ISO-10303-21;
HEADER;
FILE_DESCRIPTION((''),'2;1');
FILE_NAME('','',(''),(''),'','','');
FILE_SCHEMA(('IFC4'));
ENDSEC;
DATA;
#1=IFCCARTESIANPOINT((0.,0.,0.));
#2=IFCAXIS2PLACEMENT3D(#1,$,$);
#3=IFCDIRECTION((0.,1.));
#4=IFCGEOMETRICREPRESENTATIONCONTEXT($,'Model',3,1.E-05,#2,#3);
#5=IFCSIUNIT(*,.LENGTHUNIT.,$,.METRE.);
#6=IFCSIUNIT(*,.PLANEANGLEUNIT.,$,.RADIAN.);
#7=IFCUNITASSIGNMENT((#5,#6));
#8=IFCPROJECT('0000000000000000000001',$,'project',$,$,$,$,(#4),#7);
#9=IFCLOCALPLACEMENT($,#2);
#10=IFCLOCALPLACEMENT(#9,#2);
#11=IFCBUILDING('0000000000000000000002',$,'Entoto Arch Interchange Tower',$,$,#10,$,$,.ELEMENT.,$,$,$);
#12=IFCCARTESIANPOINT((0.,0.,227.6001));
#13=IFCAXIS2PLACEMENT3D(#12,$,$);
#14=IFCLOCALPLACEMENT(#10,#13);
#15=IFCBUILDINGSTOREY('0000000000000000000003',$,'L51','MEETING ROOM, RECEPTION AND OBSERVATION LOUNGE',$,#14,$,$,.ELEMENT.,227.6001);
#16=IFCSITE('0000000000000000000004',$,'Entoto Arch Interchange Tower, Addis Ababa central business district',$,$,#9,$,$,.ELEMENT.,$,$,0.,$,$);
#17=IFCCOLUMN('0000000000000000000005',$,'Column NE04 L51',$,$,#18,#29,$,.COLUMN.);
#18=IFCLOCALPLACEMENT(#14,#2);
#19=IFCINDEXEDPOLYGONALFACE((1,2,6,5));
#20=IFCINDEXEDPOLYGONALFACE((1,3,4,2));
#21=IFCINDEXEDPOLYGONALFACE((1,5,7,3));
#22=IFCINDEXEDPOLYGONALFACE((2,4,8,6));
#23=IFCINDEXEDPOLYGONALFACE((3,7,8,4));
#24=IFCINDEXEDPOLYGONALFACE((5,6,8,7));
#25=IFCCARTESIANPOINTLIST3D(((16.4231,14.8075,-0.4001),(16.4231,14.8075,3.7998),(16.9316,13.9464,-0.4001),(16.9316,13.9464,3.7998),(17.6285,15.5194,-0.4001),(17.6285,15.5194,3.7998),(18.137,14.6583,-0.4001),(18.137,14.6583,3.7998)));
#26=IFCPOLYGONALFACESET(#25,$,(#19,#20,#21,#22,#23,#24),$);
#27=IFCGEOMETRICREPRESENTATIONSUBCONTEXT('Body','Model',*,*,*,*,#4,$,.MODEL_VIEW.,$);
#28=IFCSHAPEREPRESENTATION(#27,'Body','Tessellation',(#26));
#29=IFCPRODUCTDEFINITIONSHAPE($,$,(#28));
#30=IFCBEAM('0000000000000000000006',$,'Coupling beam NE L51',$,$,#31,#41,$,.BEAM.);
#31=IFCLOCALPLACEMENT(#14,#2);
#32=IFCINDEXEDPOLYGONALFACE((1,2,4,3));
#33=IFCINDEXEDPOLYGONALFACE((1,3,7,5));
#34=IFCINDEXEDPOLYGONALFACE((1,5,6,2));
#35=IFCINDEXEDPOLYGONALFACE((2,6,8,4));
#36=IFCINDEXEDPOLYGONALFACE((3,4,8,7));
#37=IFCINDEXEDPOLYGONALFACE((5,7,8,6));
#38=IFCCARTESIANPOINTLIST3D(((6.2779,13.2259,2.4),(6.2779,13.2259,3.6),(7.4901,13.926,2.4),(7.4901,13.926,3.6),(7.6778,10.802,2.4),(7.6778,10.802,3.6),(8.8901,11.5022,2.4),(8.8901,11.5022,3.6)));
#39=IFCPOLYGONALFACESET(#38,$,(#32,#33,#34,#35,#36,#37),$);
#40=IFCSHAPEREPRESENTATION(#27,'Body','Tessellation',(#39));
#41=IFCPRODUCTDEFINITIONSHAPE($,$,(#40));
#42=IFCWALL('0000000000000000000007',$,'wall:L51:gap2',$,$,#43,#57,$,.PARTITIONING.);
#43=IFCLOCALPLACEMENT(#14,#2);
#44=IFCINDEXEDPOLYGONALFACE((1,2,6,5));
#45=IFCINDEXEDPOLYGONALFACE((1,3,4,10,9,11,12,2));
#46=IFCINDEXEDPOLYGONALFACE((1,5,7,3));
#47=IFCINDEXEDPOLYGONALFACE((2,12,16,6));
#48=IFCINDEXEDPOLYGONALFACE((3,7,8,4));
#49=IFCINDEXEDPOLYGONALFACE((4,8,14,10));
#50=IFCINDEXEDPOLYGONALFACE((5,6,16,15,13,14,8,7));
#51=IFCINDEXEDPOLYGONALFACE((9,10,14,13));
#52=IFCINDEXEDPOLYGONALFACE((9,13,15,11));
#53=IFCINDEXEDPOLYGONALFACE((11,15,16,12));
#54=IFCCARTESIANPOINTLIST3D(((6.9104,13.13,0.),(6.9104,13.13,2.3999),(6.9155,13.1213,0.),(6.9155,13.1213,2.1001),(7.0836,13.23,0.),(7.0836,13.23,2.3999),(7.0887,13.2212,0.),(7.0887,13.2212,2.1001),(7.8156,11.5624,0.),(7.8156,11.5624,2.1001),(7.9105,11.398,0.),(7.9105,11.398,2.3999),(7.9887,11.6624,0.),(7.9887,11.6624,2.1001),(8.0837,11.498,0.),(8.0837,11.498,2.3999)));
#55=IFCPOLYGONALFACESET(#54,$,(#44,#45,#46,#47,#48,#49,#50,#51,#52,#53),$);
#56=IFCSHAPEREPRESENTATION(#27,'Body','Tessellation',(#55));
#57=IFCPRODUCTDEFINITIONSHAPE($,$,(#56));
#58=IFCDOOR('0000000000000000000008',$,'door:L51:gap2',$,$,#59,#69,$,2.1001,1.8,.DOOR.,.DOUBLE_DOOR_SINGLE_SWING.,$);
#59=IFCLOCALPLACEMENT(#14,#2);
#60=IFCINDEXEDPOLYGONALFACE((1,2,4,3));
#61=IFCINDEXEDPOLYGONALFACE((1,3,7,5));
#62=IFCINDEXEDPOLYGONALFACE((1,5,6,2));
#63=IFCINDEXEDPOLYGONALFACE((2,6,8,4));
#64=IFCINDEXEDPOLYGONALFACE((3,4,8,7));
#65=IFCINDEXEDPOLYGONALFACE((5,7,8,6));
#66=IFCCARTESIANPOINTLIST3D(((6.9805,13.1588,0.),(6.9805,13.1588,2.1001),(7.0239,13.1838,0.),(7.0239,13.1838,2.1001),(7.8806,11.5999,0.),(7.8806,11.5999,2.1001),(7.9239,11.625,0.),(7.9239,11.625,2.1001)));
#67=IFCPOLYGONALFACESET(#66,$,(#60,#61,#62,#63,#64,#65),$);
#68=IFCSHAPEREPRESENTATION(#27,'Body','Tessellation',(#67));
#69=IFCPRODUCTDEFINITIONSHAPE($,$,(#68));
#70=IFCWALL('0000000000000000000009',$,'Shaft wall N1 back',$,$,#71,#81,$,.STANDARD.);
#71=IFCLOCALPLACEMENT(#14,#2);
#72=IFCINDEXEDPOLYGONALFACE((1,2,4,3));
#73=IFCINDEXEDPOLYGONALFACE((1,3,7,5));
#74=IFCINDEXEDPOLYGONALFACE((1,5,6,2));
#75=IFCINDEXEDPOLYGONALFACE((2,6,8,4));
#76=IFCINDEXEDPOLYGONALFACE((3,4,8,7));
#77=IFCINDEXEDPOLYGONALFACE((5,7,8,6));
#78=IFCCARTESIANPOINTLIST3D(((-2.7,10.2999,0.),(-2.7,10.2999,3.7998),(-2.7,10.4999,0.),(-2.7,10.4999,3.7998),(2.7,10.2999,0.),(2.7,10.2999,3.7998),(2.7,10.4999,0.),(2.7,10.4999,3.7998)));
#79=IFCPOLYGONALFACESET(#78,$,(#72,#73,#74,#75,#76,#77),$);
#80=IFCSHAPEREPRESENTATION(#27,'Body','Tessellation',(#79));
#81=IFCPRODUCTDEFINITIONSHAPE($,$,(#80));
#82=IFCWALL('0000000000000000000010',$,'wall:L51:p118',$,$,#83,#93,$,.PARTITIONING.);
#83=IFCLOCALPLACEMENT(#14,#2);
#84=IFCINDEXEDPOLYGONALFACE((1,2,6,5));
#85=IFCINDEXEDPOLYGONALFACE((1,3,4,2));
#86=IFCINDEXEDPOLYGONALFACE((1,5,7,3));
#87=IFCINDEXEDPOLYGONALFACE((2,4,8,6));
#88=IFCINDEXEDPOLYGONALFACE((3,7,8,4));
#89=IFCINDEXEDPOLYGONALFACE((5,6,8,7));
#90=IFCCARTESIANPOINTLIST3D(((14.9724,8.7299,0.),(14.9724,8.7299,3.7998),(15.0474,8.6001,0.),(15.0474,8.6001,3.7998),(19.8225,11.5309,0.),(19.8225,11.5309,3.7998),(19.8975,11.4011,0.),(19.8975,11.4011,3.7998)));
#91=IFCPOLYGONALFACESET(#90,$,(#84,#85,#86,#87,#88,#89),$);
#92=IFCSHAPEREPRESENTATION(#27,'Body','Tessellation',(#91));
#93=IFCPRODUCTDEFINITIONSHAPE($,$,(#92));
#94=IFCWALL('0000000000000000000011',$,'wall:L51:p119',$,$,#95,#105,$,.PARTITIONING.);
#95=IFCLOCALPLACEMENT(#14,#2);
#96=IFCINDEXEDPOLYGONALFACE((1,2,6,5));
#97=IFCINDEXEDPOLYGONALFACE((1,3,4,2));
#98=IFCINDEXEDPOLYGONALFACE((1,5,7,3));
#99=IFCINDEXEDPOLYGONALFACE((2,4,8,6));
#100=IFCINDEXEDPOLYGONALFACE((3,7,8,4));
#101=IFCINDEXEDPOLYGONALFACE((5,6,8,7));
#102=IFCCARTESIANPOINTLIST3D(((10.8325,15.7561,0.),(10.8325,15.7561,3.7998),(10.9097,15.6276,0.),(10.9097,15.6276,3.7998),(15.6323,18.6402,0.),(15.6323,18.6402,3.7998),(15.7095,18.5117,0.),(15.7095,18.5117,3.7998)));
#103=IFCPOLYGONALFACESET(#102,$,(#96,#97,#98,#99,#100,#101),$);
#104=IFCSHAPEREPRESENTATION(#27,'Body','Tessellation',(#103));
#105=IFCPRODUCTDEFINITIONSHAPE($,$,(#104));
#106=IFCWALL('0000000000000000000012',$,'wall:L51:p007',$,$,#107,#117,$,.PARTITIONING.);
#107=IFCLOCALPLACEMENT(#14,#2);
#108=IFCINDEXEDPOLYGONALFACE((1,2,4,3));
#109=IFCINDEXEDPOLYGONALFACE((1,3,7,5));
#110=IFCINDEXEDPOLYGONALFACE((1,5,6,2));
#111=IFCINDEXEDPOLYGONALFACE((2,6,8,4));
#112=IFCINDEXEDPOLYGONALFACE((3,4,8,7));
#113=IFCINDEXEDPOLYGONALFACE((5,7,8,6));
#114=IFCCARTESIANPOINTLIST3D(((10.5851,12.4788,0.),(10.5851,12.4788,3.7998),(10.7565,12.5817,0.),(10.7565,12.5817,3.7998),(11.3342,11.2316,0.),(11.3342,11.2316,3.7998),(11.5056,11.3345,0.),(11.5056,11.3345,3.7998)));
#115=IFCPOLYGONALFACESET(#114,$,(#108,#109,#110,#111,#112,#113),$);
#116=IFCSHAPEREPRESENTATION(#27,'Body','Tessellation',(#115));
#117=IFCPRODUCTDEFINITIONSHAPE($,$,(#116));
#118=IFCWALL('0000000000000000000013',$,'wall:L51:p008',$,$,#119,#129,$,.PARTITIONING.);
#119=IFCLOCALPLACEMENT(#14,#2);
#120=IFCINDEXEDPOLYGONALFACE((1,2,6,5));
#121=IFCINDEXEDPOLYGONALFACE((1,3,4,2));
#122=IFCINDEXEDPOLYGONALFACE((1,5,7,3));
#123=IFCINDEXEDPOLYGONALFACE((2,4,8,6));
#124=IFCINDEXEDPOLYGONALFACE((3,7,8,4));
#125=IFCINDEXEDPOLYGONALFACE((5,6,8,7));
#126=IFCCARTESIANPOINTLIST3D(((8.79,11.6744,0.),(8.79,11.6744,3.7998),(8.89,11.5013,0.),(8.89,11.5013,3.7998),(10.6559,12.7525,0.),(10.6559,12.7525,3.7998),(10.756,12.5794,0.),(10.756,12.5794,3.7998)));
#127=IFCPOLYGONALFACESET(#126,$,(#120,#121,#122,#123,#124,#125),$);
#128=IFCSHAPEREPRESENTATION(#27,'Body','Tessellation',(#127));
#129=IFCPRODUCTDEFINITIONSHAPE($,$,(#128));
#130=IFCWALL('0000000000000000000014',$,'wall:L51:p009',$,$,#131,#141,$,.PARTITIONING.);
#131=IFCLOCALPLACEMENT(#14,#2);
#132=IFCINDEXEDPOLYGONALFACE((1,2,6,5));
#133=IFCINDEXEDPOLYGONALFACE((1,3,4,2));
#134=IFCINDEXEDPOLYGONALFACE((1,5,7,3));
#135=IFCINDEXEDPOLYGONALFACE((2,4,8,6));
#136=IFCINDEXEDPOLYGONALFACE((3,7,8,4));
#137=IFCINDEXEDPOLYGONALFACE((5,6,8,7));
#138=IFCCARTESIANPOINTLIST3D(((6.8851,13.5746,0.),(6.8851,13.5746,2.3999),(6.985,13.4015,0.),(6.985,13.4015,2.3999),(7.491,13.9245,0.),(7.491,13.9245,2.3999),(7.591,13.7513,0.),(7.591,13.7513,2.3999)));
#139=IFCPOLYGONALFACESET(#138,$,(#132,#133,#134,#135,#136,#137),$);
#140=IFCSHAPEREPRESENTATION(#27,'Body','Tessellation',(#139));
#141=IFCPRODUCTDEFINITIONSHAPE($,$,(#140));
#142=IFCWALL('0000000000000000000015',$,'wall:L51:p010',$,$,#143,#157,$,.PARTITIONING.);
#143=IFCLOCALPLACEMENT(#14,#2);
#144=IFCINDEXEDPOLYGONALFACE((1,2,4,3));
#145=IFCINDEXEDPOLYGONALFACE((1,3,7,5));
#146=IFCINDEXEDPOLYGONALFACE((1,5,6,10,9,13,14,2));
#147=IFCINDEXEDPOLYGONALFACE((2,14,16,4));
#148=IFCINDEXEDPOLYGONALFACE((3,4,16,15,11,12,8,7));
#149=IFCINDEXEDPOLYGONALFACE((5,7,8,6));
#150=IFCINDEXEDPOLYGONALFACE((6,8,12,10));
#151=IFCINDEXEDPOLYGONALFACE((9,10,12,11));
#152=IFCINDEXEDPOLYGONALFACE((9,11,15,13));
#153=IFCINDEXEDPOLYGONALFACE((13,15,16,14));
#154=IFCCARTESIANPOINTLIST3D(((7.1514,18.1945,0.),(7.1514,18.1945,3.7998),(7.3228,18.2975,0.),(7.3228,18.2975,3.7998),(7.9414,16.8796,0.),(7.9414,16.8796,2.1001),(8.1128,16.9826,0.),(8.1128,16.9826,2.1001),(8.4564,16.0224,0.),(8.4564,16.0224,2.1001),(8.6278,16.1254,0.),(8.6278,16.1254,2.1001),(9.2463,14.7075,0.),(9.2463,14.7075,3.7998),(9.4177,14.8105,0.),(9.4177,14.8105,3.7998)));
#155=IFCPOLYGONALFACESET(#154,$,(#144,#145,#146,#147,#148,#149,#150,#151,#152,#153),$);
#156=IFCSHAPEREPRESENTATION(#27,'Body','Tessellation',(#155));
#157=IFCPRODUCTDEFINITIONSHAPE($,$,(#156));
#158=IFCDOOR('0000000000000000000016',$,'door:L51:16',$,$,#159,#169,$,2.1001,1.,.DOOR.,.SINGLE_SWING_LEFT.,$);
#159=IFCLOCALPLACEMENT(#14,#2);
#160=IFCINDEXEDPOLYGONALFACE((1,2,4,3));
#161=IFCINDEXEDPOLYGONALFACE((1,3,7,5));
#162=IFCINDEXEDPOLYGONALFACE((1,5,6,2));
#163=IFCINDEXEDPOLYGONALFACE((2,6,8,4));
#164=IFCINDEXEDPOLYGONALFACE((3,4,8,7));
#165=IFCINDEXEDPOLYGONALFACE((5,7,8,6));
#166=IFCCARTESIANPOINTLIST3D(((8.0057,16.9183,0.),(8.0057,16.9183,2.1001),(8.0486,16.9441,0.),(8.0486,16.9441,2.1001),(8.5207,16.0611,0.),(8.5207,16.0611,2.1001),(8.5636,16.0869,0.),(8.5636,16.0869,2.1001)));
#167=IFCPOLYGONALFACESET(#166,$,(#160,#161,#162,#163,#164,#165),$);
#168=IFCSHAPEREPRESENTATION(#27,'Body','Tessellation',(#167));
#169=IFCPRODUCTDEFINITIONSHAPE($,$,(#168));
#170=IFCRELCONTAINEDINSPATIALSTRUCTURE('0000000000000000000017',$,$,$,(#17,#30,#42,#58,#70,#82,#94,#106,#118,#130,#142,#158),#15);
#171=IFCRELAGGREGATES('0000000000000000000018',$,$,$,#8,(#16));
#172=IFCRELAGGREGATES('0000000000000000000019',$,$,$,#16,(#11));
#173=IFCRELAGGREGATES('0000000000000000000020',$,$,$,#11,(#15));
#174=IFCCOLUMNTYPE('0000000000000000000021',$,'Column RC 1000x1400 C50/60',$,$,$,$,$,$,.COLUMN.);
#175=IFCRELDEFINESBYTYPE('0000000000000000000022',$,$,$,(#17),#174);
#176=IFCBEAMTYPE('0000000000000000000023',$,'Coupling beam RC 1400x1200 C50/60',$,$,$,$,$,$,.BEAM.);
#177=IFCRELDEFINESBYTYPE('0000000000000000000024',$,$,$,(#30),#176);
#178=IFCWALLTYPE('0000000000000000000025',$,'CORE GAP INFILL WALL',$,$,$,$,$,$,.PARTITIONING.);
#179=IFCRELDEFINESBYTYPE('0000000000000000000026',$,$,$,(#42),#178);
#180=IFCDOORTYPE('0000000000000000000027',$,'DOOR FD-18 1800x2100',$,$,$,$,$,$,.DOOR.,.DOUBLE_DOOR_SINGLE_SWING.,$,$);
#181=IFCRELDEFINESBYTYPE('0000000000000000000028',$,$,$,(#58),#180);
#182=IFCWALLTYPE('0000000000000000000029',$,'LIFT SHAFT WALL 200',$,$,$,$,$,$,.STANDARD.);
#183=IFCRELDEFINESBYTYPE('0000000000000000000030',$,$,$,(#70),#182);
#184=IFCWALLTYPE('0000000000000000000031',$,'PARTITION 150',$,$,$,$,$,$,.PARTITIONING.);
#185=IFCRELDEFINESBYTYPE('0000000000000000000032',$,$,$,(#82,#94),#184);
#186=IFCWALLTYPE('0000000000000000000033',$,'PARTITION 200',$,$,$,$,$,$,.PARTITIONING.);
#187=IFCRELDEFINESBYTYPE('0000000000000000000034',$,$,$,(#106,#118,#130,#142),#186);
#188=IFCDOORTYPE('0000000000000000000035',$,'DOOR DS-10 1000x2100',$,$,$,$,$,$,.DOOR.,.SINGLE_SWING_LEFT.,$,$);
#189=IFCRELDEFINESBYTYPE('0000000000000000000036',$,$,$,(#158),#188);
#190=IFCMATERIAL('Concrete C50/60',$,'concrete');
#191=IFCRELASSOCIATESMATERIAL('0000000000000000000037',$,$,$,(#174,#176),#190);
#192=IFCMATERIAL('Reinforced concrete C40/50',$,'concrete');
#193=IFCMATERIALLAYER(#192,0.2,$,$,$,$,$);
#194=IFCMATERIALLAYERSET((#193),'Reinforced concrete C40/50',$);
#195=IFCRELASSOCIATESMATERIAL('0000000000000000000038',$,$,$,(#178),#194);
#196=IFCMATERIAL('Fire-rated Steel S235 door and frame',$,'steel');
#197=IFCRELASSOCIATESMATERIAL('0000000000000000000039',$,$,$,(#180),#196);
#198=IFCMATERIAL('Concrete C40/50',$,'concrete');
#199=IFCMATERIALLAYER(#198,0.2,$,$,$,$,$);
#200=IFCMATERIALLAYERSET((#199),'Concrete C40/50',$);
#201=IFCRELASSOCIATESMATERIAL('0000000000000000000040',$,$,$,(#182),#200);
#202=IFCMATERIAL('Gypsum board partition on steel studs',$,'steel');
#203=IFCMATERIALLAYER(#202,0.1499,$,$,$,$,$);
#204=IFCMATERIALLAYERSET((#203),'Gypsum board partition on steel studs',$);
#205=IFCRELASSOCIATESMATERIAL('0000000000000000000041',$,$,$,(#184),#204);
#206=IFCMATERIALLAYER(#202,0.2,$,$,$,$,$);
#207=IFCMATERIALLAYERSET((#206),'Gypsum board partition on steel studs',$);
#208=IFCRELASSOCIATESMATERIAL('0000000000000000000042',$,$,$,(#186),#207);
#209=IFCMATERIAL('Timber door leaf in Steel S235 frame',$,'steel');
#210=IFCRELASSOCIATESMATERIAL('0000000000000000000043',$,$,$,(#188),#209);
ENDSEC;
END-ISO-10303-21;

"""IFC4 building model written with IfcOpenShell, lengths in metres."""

from ifc_helpers import new_model, si_unit, direction, frame, frame_2d, origin, origin_2d, place, context, subcontext, project, spatial, rectangle, extrude, material, layer, layer_set, material_profile, profile_set, type_object, element, fill, save


model = new_model("IFC4")

# Units and contexts
model_context = context("Model", 3, precision=1e-05, world=origin(), true_north=direction((0.0, 1.0)))
body_context = subcontext(model_context, "Body", "Model", "MODEL_VIEW")
ifc_project = project(units=[si_unit("LENGTHUNIT", "METRE"), si_unit("PLANEANGLEUNIT", "RADIAN")], contexts=[model_context])

# Site, building, storey
site_placement = place(None, origin())
site = spatial("IfcSite", under=ifc_project, at=site_placement, Name="Entoto Arch Interchange Tower, Addis Ababa central business district", CompositionType="ELEMENT", RefElevation=0.0)
building_placement = place(site_placement, origin())
building = spatial("IfcBuilding", under=site, at=building_placement, Name="Entoto Arch Interchange Tower", CompositionType="ELEMENT")
storey_placement = place(building_placement, frame((0.0, 0.0, 227.6001)))
storey = spatial("IfcBuildingStorey", under=building, at=storey_placement, Name="L51", Description="MEETING ROOM, RECEPTION AND OBSERVATION LOUNGE", CompositionType="ELEMENT", Elevation=227.6001)

# Column
ifc_material_1 = material(Name="Concrete C50/60", Category="concrete")
ifc_material_profile_1 = material_profile(ifc_material_1, rectangle(XDim=1.0, YDim=1.3999, at=origin_2d()))
ifc_profile_set_1 = profile_set([ifc_material_profile_1], Name="Concrete C50/60")
column_type = type_object("IfcColumnType", Name="Column RC 1000x1400 C50/60", PredefinedType="COLUMN", material=ifc_profile_set_1)
column_placement = place(storey_placement, frame((17.28, 14.7329, -0.4001), z_axis=(0.0, 0.0, 1.0), x_axis=(-0.508516, 0.861053, 0.0)))
element("IfcColumn", 1, at=column_placement, inside=storey, type_object=column_type, Name="Column NE04 L51", PredefinedType="COLUMN", context=body_context, shape_type="SweptSolid", body=[
    extrude(rectangle(XDim=1.0, YDim=1.3999, at=origin_2d()), origin(), (0.0, 0.0, 1.0), 4.2),
])

# Beam
ifc_material_profile_2 = material_profile(ifc_material_1, rectangle(XDim=1.3999, YDim=1.2, at=origin_2d()))
ifc_profile_set_2 = profile_set([ifc_material_profile_2], Name="Concrete C50/60")
beam_type = type_object("IfcBeamType", Name="Coupling beam RC 1400x1200 C50/60", PredefinedType="BEAM", material=ifc_profile_set_2)
beam_placement = place(storey_placement, frame((8.2839, 11.1521, 3.0), z_axis=(-0.500135, 0.865947, 0.0), x_axis=(-0.865947, -0.500135, 0.0)))
element("IfcBeam", 2, at=beam_placement, inside=storey, type_object=beam_type, Name="Coupling beam NE L51", PredefinedType="BEAM", context=body_context, shape_type="SweptSolid", body=[
    extrude(rectangle(XDim=1.3999, YDim=1.2, at=origin_2d()), origin(), (0.0, 0.0, 1.0), 2.7991),
])

# Wall, opening, door
ifc_material_2 = material(Name="Reinforced concrete C40/50", Category="concrete")
ifc_layer_1 = layer(ifc_material_2, 0.2)
ifc_layer_set_1 = layer_set([ifc_layer_1], Name="Reinforced concrete C40/50")
wall_type_1 = type_object("IfcWallType", Name="CORE GAP INFILL WALL", PredefinedType="PARTITIONING", material=ifc_layer_set_1)
wall_1_placement = place(storey_placement, frame((7.9971, 11.448, 0.0), z_axis=(0.0, 0.0, 1.0), x_axis=(-0.500025, 0.866011, 0.0)))
wall_1 = element("IfcWall", 3, at=wall_1_placement, inside=storey, type_object=wall_type_1, Name="wall:L51:gap2", PredefinedType="PARTITIONING", context=body_context, shape_type="SweptSolid", body=[
    extrude(rectangle(XDim=2.0, YDim=0.2, at=frame_2d((1.0, 0.0))), origin(), (0.0, 0.0, 1.0), 2.3999),
])
opening_1_placement = place(wall_1_placement, frame((0.1899, 0.0, 0.0)))
opening_1 = element("IfcOpeningElement", 4, at=opening_1_placement, cuts=wall_1, PredefinedType="OPENING", context=body_context, shape_type="SweptSolid", body=[
    extrude(rectangle(XDim=1.8, YDim=2.1001, at=frame_2d((0.8999, 1.05))), frame((0.0, 0.1099, 0.0), z_axis=(0.0, -1.0, 0.0), x_axis=(1.0, 0.0, 0.0)), (0.0, 0.0, 1.0), 0.22),
])
ifc_material_3 = material(Name="Fire-rated Steel S235 door and frame", Category="steel")
door_type_1 = type_object("IfcDoorType", Name="DOOR FD-18 1800x2100", OperationType="DOUBLE_DOOR_SINGLE_SWING", PredefinedType="DOOR", material=ifc_material_3)
door_1_placement = place(opening_1_placement, origin())
door_1 = element("IfcDoor", 5, at=door_1_placement, inside=storey, type_object=door_type_1, Name="door:L51:gap2", OperationType="DOUBLE_DOOR_SINGLE_SWING", OverallHeight=2.1001, OverallWidth=1.8, PredefinedType="DOOR", context=body_context, shape_type="SweptSolid", body=[
    extrude(rectangle(XDim=1.8, YDim=2.1001, at=frame_2d((0.8999, 1.05))), frame((0.0, 0.0249, 0.0), z_axis=(0.0, -1.0, 0.0), x_axis=(1.0, 0.0, 0.0)), (0.0, 0.0, 1.0), 0.05),
])
fill(opening_1, door_1)

# Walls
ifc_material_4 = material(Name="Concrete C40/50", Category="concrete")
ifc_layer_2 = layer(ifc_material_4, 0.2)
ifc_layer_set_2 = layer_set([ifc_layer_2], Name="Concrete C40/50")
wall_type_2 = type_object("IfcWallType", Name="LIFT SHAFT WALL 200", PredefinedType="STANDARD", material=ifc_layer_set_2)
wall_2_placement = place(storey_placement, frame((2.7, 10.3999, 0.0), z_axis=(0.0, 0.0, 1.0), x_axis=(-1.0, 0.0, 0.0)))
element("IfcWall", 6, at=wall_2_placement, inside=storey, type_object=wall_type_2, Name="Shaft wall N1 back", PredefinedType="STANDARD", context=body_context, shape_type="SweptSolid", body=[
    extrude(rectangle(XDim=5.3999, YDim=0.2, at=frame_2d((2.7, 0.0))), origin(), (0.0, 0.0, 1.0), 3.7998),
])
ifc_material_5 = material(Name="Gypsum board partition on steel studs", Category="steel")
ifc_layer_3 = layer(ifc_material_5, 0.1499)
ifc_layer_set_3 = layer_set([ifc_layer_3], Name="Gypsum board partition on steel studs")
wall_type_3 = type_object("IfcWallType", Name="PARTITION 150", PredefinedType="PARTITIONING", material=ifc_layer_set_3)
wall_3_placement = place(storey_placement, frame((15.01, 8.665, 0.0), z_axis=(0.0, 0.0, 1.0), x_axis=(0.865962, 0.50011, 0.0)))
element("IfcWall", 7, at=wall_3_placement, inside=storey, type_object=wall_type_3, Name="wall:L51:p118", PredefinedType="PARTITIONING", context=body_context, shape_type="SweptSolid", body=[
    extrude(rectangle(XDim=5.6008, YDim=0.1499, at=frame_2d((2.8003, 0.0))), origin(), (0.0, 0.0, 1.0), 3.7998),
])
wall_4_placement = place(storey_placement, frame((10.8711, 15.6919, 0.0), z_axis=(0.0, 0.0, 1.0), x_axis=(0.857166, 0.515041, 0.0)))
element("IfcWall", 8, at=wall_4_placement, inside=storey, type_object=wall_type_3, Name="wall:L51:p119", PredefinedType="PARTITIONING", context=body_context, shape_type="SweptSolid", body=[
    extrude(rectangle(XDim=5.5996, YDim=0.1499, at=frame_2d((2.7998, 0.0))), origin(), (0.0, 0.0, 1.0), 3.7998),
])
ifc_layer_4 = layer(ifc_material_5, 0.2)
ifc_layer_set_4 = layer_set([ifc_layer_4], Name="Gypsum board partition on steel studs")
wall_type_4 = type_object("IfcWallType", Name="PARTITION 200", PredefinedType="PARTITIONING", material=ifc_layer_set_4)
wall_5_placement = place(storey_placement, frame((11.4199, 11.283, 0.0), z_axis=(0.0, 0.0, 1.0), x_axis=(-0.514891, 0.857256, 0.0)))
element("IfcWall", 9, at=wall_5_placement, inside=storey, type_object=wall_type_4, Name="wall:L51:p007", PredefinedType="PARTITIONING", context=body_context, shape_type="SweptSolid", body=[
    extrude(rectangle(XDim=1.4548, YDim=0.2, at=frame_2d((0.7275, 0.0))), origin(), (0.0, 0.0, 1.0), 3.7998),
])
wall_6_placement = place(storey_placement, frame((10.7061, 12.666, 0.0), z_axis=(0.0, 0.0, 1.0), x_axis=(-0.865863, -0.500281, 0.0)))
element("IfcWall", 10, at=wall_6_placement, inside=storey, type_object=wall_type_4, Name="wall:L51:p008", PredefinedType="PARTITIONING", context=body_context, shape_type="SweptSolid", body=[
    extrude(rectangle(XDim=2.155, YDim=0.2, at=frame_2d((1.0776, 0.0))), origin(), (0.0, 0.0, 1.0), 3.7998),
])
wall_7_placement = place(storey_placement, frame((6.9351, 13.488, 0.0), z_axis=(0.0, 0.0, 1.0), x_axis=(0.866023, 0.500004, 0.0)))
element("IfcWall", 11, at=wall_7_placement, inside=storey, type_object=wall_type_4, Name="wall:L51:p009", PredefinedType="PARTITIONING", context=body_context, shape_type="SweptSolid", body=[
    extrude(rectangle(XDim=0.6997, YDim=0.2, at=frame_2d((0.3499, 0.0))), origin(), (0.0, 0.0, 1.0), 2.3999),
])

# Wall, opening, door
wall_8_placement = place(storey_placement, frame((9.332, 14.759, 0.0), z_axis=(0.0, 0.0, 1.0), x_axis=(-0.51499, 0.857196, 0.0)))
wall_8 = element("IfcWall", 12, at=wall_8_placement, inside=storey, type_object=wall_type_4, Name="wall:L51:p010", PredefinedType="PARTITIONING", context=body_context, shape_type="SweptSolid", body=[
    extrude(rectangle(XDim=4.0679, YDim=0.2, at=frame_2d((2.0339, 0.0))), origin(), (0.0, 0.0, 1.0), 3.7998),
])
opening_2_placement = place(wall_8_placement, frame((1.5339, 0.0, 0.0)))
opening_2 = element("IfcOpeningElement", 13, at=opening_2_placement, cuts=wall_8, PredefinedType="OPENING", context=body_context, shape_type="SweptSolid", body=[
    extrude(rectangle(XDim=1.0, YDim=2.1001, at=frame_2d((0.5, 1.05))), frame((0.0, 0.1099, 0.0), z_axis=(0.0, -1.0, 0.0), x_axis=(1.0, 0.0, 0.0)), (0.0, 0.0, 1.0), 0.22),
])
ifc_material_6 = material(Name="Timber door leaf in Steel S235 frame", Category="steel")
door_type_2 = type_object("IfcDoorType", Name="DOOR DS-10 1000x2100", OperationType="SINGLE_SWING_LEFT", PredefinedType="DOOR", material=ifc_material_6)
door_2_placement = place(opening_2_placement, origin())
door_2 = element("IfcDoor", 14, at=door_2_placement, inside=storey, type_object=door_type_2, Name="door:L51:16", OperationType="SINGLE_SWING_LEFT", OverallHeight=2.1001, OverallWidth=1.0, PredefinedType="DOOR", context=body_context, shape_type="SweptSolid", body=[
    extrude(rectangle(XDim=1.0, YDim=2.1001, at=frame_2d((0.5, 1.05))), frame((0.0, 0.0249, 0.0), z_axis=(0.0, -1.0, 0.0), x_axis=(1.0, 0.0, 0.0)), (0.0, 0.0, 1.0), 0.05),
])
fill(opening_2, door_2)

save(model, "model.ifc")
